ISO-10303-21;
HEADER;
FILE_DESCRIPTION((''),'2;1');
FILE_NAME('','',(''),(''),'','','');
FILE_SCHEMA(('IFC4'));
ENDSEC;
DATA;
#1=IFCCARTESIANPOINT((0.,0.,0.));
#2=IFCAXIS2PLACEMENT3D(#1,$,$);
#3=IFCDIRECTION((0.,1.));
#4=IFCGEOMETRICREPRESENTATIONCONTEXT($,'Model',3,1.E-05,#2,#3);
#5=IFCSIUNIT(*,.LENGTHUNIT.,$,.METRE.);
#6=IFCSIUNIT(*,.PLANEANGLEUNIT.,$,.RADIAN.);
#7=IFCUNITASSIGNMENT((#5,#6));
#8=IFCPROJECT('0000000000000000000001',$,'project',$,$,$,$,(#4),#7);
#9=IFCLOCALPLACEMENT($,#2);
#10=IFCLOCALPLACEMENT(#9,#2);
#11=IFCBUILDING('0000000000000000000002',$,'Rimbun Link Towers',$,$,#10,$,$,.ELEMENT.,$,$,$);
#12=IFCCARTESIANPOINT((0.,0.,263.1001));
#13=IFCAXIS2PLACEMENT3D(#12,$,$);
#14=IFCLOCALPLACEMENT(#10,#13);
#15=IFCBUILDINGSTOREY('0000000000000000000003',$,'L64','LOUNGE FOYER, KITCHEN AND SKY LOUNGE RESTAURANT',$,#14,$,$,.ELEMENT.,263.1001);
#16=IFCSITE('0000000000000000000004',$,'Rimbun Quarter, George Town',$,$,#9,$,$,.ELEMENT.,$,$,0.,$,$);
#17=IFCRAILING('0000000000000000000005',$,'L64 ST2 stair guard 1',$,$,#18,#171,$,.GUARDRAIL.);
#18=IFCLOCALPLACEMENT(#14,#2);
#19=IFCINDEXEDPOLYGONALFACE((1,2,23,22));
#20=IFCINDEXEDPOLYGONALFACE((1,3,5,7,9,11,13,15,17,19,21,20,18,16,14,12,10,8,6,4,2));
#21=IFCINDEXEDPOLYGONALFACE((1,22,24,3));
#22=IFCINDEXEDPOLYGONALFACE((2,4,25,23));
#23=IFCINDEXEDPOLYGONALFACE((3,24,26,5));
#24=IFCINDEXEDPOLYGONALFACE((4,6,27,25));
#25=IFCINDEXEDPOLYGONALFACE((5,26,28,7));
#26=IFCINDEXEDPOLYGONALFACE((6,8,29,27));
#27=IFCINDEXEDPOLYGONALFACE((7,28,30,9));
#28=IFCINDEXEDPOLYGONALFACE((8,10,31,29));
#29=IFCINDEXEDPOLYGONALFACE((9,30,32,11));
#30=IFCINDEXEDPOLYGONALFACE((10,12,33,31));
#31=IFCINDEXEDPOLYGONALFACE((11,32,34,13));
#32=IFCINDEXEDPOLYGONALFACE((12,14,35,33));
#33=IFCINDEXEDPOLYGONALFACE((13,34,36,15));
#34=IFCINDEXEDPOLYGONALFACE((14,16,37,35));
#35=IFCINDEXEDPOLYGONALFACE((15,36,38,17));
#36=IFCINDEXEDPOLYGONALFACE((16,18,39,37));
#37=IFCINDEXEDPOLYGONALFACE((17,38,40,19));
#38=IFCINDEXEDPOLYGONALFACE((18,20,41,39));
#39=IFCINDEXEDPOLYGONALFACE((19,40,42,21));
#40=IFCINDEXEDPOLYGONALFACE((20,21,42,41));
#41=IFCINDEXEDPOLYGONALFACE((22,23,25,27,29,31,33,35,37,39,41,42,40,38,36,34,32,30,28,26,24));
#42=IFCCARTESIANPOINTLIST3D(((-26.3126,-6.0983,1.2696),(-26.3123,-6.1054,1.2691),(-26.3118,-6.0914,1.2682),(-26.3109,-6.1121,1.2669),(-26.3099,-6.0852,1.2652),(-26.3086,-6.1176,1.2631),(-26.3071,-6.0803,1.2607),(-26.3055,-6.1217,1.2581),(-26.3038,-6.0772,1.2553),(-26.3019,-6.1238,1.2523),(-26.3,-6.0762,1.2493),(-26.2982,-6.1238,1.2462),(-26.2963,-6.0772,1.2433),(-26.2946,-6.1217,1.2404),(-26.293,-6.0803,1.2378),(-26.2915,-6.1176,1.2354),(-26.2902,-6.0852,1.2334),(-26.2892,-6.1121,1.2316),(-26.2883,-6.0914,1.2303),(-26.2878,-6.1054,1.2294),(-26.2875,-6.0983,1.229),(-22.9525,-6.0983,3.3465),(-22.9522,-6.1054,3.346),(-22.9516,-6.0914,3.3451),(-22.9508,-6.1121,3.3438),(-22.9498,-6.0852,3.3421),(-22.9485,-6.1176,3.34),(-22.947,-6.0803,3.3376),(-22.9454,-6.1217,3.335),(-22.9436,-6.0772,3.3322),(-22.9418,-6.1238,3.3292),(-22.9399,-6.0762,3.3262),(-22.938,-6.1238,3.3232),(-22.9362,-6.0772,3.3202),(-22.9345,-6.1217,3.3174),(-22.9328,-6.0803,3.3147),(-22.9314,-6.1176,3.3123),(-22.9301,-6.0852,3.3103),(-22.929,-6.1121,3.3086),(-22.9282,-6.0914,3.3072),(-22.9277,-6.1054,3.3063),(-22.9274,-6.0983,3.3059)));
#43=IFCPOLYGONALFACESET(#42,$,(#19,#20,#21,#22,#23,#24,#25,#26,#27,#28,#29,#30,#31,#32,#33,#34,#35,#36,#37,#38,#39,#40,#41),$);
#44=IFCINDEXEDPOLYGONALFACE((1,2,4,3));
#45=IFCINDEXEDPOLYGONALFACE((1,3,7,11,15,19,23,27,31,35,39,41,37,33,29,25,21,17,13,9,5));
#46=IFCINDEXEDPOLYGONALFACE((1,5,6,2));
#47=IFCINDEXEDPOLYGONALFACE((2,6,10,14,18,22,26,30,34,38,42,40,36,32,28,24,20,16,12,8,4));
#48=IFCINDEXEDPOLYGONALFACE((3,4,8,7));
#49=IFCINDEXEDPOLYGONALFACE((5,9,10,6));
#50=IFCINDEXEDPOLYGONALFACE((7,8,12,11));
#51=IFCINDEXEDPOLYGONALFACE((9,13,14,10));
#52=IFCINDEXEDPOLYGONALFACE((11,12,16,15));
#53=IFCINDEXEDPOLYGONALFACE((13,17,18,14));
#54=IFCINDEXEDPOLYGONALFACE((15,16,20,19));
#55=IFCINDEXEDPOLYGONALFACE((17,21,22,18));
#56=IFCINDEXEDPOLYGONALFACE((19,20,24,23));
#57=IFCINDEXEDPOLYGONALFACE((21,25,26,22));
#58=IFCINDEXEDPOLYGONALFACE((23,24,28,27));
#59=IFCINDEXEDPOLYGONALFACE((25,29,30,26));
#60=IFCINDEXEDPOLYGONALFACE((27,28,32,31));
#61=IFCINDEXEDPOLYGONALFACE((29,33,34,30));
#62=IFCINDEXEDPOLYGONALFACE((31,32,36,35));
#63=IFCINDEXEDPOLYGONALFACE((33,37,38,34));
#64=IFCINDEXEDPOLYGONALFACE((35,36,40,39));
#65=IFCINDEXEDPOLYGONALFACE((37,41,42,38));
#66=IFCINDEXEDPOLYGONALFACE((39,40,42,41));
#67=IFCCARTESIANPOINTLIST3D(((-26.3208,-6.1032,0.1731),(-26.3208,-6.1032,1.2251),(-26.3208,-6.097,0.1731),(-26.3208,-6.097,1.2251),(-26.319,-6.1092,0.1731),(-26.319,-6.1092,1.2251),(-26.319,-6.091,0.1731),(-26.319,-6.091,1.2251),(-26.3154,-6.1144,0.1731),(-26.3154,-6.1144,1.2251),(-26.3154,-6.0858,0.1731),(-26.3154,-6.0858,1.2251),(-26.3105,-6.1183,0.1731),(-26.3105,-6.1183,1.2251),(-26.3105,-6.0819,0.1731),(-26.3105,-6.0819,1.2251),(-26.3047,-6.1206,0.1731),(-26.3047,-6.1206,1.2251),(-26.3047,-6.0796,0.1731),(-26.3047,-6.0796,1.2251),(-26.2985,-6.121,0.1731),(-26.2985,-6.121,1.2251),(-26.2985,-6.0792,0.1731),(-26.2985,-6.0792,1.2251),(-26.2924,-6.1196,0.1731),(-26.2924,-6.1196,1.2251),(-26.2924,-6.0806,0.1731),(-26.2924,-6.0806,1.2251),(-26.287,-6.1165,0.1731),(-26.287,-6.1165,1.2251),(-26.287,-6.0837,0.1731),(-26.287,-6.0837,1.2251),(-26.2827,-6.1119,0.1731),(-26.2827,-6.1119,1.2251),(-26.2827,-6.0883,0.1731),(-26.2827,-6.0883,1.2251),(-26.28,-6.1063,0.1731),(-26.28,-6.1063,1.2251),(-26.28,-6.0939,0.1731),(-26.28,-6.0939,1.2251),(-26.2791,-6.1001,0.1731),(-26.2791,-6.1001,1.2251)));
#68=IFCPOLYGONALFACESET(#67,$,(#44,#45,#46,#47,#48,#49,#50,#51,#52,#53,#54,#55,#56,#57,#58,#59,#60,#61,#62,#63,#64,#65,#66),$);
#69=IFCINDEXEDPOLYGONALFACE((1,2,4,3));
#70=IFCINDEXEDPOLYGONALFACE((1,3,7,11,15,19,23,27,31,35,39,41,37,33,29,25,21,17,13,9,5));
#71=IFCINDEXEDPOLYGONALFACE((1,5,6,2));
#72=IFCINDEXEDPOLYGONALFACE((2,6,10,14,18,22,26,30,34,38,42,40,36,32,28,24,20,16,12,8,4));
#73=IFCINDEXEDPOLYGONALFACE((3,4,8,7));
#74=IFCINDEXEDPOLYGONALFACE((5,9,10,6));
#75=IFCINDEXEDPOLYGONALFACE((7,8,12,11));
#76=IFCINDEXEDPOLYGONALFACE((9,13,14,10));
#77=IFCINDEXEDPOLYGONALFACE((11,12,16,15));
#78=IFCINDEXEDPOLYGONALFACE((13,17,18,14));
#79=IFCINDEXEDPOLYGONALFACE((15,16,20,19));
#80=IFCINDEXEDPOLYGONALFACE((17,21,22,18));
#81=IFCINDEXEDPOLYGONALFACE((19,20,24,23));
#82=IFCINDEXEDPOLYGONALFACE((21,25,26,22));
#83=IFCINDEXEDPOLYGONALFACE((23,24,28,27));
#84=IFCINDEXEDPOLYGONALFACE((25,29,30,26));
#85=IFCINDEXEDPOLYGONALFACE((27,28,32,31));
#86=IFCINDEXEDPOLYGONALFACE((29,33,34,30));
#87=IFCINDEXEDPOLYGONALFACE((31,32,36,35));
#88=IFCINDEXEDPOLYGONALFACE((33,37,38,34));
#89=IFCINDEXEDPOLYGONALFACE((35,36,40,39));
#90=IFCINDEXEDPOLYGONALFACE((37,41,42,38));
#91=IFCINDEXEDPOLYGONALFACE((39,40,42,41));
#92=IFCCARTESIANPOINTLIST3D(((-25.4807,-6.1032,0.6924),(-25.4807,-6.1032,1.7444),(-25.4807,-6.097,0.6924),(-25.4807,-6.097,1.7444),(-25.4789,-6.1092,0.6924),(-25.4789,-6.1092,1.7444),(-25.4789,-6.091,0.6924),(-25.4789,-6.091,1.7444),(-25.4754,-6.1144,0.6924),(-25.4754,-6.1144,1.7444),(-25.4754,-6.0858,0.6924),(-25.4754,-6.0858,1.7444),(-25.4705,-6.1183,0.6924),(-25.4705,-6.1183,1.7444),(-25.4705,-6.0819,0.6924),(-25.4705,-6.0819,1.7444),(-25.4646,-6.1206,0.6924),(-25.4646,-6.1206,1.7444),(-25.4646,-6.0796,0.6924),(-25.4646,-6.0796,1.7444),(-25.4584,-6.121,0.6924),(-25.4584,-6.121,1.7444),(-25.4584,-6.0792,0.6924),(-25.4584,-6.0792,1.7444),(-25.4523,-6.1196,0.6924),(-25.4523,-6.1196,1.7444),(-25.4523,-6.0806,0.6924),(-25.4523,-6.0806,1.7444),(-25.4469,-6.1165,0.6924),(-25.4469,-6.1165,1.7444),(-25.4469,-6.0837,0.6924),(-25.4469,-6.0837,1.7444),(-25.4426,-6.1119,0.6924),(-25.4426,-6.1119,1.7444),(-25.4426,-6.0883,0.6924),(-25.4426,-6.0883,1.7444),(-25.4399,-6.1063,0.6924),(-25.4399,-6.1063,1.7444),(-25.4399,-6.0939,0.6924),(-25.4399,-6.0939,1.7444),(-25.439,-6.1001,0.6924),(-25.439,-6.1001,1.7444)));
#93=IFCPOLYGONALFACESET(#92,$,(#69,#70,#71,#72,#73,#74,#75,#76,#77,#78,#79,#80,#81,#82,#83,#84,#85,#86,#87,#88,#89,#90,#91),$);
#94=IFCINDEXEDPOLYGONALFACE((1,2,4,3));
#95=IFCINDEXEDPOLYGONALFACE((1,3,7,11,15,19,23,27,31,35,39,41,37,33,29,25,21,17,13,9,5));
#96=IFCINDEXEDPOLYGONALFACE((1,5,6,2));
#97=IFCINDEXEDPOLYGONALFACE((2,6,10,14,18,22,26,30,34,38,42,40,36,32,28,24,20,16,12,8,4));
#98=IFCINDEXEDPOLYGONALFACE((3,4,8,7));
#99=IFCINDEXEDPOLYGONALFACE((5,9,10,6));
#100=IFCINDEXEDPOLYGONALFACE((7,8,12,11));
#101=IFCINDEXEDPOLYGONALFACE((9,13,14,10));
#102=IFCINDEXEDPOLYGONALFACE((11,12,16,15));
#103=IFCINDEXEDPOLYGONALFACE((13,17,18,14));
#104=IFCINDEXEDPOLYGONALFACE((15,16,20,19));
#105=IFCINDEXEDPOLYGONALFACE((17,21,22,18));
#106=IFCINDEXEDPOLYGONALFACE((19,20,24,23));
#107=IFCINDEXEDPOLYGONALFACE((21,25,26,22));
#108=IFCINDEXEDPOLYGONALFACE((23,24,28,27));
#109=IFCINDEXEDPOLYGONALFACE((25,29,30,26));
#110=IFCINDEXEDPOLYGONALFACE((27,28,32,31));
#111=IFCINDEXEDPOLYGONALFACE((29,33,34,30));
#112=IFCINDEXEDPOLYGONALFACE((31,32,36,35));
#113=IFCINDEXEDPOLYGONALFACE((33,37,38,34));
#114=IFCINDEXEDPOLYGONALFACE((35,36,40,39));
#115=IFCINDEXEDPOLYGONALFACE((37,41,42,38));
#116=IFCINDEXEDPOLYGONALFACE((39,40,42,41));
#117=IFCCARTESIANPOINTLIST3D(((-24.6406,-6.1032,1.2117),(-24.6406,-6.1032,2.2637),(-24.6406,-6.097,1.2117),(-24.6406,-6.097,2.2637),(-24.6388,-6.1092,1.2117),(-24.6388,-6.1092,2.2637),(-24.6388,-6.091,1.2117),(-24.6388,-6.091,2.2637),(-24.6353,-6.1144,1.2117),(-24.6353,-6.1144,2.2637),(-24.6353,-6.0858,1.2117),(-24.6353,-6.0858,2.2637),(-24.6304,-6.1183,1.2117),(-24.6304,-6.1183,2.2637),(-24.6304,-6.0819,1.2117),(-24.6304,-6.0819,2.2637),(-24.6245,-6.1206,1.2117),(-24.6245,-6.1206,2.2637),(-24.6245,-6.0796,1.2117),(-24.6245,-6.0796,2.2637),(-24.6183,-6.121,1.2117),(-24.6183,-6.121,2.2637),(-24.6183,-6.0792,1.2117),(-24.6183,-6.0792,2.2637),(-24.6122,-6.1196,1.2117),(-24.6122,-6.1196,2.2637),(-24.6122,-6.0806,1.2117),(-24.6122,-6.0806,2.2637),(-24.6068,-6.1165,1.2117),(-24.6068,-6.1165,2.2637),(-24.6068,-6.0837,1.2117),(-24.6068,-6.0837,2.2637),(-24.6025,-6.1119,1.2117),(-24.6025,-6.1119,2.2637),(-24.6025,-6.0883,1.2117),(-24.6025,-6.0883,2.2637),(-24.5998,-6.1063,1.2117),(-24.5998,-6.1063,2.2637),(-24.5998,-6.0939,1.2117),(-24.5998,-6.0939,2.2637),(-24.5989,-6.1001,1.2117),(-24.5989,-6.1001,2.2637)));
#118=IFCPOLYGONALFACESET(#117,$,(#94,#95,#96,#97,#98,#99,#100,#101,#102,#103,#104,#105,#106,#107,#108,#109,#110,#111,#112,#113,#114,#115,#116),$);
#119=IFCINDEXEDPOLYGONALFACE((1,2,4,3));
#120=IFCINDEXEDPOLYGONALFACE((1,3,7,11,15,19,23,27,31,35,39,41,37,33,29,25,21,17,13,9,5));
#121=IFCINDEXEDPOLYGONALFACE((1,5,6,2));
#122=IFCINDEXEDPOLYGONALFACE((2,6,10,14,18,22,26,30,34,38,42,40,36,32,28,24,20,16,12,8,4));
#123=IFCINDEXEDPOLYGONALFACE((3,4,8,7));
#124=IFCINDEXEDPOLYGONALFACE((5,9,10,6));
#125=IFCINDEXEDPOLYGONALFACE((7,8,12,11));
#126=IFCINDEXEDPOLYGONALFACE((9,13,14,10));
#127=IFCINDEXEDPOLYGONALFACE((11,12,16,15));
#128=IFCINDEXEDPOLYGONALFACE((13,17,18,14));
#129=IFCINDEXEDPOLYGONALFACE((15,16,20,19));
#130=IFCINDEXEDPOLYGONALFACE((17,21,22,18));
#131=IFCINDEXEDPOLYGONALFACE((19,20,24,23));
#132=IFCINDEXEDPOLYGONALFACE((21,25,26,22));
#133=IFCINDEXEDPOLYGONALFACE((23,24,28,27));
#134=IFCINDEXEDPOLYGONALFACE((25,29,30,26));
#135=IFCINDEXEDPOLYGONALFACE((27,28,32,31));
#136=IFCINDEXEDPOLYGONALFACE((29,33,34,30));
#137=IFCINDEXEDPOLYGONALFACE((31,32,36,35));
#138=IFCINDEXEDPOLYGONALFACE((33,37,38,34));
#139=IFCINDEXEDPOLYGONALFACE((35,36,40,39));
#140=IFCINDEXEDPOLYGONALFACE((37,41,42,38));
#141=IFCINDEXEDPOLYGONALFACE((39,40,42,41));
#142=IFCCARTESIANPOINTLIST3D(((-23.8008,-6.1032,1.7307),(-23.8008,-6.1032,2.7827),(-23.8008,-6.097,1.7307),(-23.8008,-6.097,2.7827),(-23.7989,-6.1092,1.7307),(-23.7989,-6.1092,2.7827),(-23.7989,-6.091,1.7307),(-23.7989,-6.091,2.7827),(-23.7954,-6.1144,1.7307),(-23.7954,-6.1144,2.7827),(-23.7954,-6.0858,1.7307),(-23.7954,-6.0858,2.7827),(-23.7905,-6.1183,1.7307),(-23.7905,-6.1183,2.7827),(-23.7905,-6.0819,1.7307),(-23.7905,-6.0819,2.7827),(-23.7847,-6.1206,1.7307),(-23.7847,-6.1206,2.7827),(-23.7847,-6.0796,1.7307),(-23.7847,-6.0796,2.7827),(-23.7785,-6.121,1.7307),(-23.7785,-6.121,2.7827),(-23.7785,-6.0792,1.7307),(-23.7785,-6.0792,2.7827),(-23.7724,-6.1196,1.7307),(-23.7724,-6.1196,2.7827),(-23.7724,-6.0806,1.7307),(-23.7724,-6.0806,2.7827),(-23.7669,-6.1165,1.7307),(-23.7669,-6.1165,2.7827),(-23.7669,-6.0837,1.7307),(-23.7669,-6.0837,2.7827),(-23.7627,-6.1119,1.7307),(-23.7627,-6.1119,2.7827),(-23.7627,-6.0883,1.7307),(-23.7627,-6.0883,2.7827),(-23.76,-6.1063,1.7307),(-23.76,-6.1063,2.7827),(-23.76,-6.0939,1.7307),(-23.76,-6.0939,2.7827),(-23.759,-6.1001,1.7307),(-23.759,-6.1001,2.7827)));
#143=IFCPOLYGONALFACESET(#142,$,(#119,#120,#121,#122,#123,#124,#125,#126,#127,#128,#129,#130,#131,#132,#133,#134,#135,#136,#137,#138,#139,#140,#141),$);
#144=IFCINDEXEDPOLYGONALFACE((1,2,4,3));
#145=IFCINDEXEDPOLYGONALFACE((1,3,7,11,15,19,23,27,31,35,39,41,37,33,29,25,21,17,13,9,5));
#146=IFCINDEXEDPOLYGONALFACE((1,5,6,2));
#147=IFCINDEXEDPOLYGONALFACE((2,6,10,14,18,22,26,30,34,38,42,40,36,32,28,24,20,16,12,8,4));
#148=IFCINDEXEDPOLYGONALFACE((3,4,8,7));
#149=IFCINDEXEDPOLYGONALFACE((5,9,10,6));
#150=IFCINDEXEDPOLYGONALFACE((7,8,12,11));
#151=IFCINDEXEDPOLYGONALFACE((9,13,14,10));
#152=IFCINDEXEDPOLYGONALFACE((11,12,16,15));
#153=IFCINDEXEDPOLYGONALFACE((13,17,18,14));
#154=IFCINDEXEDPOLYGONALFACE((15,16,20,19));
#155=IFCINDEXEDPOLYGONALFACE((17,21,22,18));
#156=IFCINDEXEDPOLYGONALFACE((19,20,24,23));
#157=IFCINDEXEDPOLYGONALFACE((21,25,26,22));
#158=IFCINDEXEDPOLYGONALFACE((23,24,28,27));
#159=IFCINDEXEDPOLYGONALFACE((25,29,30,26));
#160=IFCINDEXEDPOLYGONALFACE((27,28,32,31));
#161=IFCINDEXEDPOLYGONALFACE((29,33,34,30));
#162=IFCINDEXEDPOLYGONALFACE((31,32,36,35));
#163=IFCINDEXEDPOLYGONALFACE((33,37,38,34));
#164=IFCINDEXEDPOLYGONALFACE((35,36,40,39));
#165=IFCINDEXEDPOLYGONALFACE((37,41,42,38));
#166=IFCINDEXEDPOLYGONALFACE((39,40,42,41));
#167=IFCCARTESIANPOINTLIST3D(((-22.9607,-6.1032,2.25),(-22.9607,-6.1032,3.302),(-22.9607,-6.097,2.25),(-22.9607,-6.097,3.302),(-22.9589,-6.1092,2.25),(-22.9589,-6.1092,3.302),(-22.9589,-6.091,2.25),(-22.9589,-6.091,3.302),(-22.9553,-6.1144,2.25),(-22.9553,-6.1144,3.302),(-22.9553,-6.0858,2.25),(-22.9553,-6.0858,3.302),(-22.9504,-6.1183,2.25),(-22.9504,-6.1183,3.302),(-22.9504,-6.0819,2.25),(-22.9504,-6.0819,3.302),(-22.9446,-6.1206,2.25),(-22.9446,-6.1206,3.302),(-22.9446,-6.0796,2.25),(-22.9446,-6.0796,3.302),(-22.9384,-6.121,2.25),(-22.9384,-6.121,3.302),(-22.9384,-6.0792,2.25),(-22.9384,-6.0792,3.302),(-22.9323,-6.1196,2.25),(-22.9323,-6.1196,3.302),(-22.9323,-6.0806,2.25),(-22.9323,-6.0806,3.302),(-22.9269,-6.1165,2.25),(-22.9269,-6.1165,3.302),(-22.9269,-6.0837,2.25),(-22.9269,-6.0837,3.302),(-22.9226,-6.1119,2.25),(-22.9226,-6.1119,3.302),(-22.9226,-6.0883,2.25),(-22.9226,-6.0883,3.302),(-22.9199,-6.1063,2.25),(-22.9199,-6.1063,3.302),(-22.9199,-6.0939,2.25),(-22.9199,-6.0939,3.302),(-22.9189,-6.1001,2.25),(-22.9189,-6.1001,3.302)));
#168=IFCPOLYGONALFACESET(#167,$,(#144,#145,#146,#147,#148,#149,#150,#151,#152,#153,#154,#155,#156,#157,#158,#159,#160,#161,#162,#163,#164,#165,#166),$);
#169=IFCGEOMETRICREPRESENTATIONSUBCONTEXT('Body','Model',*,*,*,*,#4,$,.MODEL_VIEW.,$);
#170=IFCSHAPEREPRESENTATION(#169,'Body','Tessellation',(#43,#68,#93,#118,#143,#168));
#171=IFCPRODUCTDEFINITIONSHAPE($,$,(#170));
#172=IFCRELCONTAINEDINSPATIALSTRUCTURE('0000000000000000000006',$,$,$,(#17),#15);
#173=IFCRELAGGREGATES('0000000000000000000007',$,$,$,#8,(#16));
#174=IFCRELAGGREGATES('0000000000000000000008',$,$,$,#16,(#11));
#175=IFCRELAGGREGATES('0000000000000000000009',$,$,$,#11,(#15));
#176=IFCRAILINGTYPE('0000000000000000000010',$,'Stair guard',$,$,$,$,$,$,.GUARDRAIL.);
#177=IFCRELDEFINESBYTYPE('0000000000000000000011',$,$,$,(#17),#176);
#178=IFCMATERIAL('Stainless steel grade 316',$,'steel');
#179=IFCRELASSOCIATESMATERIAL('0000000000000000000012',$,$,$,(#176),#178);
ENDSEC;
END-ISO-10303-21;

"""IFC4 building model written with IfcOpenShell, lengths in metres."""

from ifc_helpers import new_model, si_unit, direction, frame, origin, origin_2d, place, context, subcontext, project, spatial, circle, extrude, material, type_object, element, save


model = new_model("IFC4")

# Units and contexts
model_context = context("Model", 3, precision=1e-05, world=origin(), true_north=direction((0.0, 1.0)))
body_context = subcontext(model_context, "Body", "Model", "MODEL_VIEW")
ifc_project = project(units=[si_unit("LENGTHUNIT", "METRE"), si_unit("PLANEANGLEUNIT", "RADIAN")], contexts=[model_context])

# Site, building, storey
site_placement = place(None, origin())
site = spatial("IfcSite", under=ifc_project, at=site_placement, Name="Rimbun Quarter, George Town", CompositionType="ELEMENT", RefElevation=0.0)
building_placement = place(site_placement, origin())
building = spatial("IfcBuilding", under=site, at=building_placement, Name="Rimbun Link Towers", CompositionType="ELEMENT")
storey_placement = place(building_placement, frame((0.0, 0.0, 263.1001)))
storey = spatial("IfcBuildingStorey", under=building, at=storey_placement, Name="L64", Description="LOUNGE FOYER, KITCHEN AND SKY LOUNGE RESTAURANT", CompositionType="ELEMENT", Elevation=263.1001)

# Railing
ifc_material_1 = material(Name="Stainless steel grade 316", Category="steel")
railing_type_1 = type_object("IfcRailingType", Name="Stair guard", PredefinedType="GUARDRAIL", material=ifc_material_1)
railing_1_placement = place(storey_placement, frame((-26.3, -6.1001, 0.1731)))
element("IfcRailing", 1, at=railing_1_placement, inside=storey, type_object=railing_type_1, Name="L64 ST2 stair guard 1", PredefinedType="GUARDRAIL", context=body_context, shape_type="SweptSolid", body=[
    extrude(circle(Radius=0.0239, at=origin_2d()), frame((0.0, 0.0, 1.0762), z_axis=(0.850623, 0.0, 0.525776), x_axis=(0.0, 1.0, 0.0)), (0.0, 0.0, 1.0), 3.9502),
    extrude(circle(Radius=0.021, at=origin_2d()), origin(), (0.0, 0.0, 1.0), 1.052),
    extrude(circle(Radius=0.021, at=origin_2d()), frame((0.8401, 0.0, 0.5193)), (0.0, 0.0, 1.0), 1.052),
    extrude(circle(Radius=0.021, at=origin_2d()), frame((1.6802, 0.0, 1.0386)), (0.0, 0.0, 1.0), 1.052),
    extrude(circle(Radius=0.021, at=origin_2d()), frame((2.52, 0.0, 1.5576)), (0.0, 0.0, 1.0), 1.052),
    extrude(circle(Radius=0.021, at=origin_2d()), frame((3.3601, 0.0, 2.0769)), (0.0, 0.0, 1.0), 1.052),
])

save(model, "model.ifc")
